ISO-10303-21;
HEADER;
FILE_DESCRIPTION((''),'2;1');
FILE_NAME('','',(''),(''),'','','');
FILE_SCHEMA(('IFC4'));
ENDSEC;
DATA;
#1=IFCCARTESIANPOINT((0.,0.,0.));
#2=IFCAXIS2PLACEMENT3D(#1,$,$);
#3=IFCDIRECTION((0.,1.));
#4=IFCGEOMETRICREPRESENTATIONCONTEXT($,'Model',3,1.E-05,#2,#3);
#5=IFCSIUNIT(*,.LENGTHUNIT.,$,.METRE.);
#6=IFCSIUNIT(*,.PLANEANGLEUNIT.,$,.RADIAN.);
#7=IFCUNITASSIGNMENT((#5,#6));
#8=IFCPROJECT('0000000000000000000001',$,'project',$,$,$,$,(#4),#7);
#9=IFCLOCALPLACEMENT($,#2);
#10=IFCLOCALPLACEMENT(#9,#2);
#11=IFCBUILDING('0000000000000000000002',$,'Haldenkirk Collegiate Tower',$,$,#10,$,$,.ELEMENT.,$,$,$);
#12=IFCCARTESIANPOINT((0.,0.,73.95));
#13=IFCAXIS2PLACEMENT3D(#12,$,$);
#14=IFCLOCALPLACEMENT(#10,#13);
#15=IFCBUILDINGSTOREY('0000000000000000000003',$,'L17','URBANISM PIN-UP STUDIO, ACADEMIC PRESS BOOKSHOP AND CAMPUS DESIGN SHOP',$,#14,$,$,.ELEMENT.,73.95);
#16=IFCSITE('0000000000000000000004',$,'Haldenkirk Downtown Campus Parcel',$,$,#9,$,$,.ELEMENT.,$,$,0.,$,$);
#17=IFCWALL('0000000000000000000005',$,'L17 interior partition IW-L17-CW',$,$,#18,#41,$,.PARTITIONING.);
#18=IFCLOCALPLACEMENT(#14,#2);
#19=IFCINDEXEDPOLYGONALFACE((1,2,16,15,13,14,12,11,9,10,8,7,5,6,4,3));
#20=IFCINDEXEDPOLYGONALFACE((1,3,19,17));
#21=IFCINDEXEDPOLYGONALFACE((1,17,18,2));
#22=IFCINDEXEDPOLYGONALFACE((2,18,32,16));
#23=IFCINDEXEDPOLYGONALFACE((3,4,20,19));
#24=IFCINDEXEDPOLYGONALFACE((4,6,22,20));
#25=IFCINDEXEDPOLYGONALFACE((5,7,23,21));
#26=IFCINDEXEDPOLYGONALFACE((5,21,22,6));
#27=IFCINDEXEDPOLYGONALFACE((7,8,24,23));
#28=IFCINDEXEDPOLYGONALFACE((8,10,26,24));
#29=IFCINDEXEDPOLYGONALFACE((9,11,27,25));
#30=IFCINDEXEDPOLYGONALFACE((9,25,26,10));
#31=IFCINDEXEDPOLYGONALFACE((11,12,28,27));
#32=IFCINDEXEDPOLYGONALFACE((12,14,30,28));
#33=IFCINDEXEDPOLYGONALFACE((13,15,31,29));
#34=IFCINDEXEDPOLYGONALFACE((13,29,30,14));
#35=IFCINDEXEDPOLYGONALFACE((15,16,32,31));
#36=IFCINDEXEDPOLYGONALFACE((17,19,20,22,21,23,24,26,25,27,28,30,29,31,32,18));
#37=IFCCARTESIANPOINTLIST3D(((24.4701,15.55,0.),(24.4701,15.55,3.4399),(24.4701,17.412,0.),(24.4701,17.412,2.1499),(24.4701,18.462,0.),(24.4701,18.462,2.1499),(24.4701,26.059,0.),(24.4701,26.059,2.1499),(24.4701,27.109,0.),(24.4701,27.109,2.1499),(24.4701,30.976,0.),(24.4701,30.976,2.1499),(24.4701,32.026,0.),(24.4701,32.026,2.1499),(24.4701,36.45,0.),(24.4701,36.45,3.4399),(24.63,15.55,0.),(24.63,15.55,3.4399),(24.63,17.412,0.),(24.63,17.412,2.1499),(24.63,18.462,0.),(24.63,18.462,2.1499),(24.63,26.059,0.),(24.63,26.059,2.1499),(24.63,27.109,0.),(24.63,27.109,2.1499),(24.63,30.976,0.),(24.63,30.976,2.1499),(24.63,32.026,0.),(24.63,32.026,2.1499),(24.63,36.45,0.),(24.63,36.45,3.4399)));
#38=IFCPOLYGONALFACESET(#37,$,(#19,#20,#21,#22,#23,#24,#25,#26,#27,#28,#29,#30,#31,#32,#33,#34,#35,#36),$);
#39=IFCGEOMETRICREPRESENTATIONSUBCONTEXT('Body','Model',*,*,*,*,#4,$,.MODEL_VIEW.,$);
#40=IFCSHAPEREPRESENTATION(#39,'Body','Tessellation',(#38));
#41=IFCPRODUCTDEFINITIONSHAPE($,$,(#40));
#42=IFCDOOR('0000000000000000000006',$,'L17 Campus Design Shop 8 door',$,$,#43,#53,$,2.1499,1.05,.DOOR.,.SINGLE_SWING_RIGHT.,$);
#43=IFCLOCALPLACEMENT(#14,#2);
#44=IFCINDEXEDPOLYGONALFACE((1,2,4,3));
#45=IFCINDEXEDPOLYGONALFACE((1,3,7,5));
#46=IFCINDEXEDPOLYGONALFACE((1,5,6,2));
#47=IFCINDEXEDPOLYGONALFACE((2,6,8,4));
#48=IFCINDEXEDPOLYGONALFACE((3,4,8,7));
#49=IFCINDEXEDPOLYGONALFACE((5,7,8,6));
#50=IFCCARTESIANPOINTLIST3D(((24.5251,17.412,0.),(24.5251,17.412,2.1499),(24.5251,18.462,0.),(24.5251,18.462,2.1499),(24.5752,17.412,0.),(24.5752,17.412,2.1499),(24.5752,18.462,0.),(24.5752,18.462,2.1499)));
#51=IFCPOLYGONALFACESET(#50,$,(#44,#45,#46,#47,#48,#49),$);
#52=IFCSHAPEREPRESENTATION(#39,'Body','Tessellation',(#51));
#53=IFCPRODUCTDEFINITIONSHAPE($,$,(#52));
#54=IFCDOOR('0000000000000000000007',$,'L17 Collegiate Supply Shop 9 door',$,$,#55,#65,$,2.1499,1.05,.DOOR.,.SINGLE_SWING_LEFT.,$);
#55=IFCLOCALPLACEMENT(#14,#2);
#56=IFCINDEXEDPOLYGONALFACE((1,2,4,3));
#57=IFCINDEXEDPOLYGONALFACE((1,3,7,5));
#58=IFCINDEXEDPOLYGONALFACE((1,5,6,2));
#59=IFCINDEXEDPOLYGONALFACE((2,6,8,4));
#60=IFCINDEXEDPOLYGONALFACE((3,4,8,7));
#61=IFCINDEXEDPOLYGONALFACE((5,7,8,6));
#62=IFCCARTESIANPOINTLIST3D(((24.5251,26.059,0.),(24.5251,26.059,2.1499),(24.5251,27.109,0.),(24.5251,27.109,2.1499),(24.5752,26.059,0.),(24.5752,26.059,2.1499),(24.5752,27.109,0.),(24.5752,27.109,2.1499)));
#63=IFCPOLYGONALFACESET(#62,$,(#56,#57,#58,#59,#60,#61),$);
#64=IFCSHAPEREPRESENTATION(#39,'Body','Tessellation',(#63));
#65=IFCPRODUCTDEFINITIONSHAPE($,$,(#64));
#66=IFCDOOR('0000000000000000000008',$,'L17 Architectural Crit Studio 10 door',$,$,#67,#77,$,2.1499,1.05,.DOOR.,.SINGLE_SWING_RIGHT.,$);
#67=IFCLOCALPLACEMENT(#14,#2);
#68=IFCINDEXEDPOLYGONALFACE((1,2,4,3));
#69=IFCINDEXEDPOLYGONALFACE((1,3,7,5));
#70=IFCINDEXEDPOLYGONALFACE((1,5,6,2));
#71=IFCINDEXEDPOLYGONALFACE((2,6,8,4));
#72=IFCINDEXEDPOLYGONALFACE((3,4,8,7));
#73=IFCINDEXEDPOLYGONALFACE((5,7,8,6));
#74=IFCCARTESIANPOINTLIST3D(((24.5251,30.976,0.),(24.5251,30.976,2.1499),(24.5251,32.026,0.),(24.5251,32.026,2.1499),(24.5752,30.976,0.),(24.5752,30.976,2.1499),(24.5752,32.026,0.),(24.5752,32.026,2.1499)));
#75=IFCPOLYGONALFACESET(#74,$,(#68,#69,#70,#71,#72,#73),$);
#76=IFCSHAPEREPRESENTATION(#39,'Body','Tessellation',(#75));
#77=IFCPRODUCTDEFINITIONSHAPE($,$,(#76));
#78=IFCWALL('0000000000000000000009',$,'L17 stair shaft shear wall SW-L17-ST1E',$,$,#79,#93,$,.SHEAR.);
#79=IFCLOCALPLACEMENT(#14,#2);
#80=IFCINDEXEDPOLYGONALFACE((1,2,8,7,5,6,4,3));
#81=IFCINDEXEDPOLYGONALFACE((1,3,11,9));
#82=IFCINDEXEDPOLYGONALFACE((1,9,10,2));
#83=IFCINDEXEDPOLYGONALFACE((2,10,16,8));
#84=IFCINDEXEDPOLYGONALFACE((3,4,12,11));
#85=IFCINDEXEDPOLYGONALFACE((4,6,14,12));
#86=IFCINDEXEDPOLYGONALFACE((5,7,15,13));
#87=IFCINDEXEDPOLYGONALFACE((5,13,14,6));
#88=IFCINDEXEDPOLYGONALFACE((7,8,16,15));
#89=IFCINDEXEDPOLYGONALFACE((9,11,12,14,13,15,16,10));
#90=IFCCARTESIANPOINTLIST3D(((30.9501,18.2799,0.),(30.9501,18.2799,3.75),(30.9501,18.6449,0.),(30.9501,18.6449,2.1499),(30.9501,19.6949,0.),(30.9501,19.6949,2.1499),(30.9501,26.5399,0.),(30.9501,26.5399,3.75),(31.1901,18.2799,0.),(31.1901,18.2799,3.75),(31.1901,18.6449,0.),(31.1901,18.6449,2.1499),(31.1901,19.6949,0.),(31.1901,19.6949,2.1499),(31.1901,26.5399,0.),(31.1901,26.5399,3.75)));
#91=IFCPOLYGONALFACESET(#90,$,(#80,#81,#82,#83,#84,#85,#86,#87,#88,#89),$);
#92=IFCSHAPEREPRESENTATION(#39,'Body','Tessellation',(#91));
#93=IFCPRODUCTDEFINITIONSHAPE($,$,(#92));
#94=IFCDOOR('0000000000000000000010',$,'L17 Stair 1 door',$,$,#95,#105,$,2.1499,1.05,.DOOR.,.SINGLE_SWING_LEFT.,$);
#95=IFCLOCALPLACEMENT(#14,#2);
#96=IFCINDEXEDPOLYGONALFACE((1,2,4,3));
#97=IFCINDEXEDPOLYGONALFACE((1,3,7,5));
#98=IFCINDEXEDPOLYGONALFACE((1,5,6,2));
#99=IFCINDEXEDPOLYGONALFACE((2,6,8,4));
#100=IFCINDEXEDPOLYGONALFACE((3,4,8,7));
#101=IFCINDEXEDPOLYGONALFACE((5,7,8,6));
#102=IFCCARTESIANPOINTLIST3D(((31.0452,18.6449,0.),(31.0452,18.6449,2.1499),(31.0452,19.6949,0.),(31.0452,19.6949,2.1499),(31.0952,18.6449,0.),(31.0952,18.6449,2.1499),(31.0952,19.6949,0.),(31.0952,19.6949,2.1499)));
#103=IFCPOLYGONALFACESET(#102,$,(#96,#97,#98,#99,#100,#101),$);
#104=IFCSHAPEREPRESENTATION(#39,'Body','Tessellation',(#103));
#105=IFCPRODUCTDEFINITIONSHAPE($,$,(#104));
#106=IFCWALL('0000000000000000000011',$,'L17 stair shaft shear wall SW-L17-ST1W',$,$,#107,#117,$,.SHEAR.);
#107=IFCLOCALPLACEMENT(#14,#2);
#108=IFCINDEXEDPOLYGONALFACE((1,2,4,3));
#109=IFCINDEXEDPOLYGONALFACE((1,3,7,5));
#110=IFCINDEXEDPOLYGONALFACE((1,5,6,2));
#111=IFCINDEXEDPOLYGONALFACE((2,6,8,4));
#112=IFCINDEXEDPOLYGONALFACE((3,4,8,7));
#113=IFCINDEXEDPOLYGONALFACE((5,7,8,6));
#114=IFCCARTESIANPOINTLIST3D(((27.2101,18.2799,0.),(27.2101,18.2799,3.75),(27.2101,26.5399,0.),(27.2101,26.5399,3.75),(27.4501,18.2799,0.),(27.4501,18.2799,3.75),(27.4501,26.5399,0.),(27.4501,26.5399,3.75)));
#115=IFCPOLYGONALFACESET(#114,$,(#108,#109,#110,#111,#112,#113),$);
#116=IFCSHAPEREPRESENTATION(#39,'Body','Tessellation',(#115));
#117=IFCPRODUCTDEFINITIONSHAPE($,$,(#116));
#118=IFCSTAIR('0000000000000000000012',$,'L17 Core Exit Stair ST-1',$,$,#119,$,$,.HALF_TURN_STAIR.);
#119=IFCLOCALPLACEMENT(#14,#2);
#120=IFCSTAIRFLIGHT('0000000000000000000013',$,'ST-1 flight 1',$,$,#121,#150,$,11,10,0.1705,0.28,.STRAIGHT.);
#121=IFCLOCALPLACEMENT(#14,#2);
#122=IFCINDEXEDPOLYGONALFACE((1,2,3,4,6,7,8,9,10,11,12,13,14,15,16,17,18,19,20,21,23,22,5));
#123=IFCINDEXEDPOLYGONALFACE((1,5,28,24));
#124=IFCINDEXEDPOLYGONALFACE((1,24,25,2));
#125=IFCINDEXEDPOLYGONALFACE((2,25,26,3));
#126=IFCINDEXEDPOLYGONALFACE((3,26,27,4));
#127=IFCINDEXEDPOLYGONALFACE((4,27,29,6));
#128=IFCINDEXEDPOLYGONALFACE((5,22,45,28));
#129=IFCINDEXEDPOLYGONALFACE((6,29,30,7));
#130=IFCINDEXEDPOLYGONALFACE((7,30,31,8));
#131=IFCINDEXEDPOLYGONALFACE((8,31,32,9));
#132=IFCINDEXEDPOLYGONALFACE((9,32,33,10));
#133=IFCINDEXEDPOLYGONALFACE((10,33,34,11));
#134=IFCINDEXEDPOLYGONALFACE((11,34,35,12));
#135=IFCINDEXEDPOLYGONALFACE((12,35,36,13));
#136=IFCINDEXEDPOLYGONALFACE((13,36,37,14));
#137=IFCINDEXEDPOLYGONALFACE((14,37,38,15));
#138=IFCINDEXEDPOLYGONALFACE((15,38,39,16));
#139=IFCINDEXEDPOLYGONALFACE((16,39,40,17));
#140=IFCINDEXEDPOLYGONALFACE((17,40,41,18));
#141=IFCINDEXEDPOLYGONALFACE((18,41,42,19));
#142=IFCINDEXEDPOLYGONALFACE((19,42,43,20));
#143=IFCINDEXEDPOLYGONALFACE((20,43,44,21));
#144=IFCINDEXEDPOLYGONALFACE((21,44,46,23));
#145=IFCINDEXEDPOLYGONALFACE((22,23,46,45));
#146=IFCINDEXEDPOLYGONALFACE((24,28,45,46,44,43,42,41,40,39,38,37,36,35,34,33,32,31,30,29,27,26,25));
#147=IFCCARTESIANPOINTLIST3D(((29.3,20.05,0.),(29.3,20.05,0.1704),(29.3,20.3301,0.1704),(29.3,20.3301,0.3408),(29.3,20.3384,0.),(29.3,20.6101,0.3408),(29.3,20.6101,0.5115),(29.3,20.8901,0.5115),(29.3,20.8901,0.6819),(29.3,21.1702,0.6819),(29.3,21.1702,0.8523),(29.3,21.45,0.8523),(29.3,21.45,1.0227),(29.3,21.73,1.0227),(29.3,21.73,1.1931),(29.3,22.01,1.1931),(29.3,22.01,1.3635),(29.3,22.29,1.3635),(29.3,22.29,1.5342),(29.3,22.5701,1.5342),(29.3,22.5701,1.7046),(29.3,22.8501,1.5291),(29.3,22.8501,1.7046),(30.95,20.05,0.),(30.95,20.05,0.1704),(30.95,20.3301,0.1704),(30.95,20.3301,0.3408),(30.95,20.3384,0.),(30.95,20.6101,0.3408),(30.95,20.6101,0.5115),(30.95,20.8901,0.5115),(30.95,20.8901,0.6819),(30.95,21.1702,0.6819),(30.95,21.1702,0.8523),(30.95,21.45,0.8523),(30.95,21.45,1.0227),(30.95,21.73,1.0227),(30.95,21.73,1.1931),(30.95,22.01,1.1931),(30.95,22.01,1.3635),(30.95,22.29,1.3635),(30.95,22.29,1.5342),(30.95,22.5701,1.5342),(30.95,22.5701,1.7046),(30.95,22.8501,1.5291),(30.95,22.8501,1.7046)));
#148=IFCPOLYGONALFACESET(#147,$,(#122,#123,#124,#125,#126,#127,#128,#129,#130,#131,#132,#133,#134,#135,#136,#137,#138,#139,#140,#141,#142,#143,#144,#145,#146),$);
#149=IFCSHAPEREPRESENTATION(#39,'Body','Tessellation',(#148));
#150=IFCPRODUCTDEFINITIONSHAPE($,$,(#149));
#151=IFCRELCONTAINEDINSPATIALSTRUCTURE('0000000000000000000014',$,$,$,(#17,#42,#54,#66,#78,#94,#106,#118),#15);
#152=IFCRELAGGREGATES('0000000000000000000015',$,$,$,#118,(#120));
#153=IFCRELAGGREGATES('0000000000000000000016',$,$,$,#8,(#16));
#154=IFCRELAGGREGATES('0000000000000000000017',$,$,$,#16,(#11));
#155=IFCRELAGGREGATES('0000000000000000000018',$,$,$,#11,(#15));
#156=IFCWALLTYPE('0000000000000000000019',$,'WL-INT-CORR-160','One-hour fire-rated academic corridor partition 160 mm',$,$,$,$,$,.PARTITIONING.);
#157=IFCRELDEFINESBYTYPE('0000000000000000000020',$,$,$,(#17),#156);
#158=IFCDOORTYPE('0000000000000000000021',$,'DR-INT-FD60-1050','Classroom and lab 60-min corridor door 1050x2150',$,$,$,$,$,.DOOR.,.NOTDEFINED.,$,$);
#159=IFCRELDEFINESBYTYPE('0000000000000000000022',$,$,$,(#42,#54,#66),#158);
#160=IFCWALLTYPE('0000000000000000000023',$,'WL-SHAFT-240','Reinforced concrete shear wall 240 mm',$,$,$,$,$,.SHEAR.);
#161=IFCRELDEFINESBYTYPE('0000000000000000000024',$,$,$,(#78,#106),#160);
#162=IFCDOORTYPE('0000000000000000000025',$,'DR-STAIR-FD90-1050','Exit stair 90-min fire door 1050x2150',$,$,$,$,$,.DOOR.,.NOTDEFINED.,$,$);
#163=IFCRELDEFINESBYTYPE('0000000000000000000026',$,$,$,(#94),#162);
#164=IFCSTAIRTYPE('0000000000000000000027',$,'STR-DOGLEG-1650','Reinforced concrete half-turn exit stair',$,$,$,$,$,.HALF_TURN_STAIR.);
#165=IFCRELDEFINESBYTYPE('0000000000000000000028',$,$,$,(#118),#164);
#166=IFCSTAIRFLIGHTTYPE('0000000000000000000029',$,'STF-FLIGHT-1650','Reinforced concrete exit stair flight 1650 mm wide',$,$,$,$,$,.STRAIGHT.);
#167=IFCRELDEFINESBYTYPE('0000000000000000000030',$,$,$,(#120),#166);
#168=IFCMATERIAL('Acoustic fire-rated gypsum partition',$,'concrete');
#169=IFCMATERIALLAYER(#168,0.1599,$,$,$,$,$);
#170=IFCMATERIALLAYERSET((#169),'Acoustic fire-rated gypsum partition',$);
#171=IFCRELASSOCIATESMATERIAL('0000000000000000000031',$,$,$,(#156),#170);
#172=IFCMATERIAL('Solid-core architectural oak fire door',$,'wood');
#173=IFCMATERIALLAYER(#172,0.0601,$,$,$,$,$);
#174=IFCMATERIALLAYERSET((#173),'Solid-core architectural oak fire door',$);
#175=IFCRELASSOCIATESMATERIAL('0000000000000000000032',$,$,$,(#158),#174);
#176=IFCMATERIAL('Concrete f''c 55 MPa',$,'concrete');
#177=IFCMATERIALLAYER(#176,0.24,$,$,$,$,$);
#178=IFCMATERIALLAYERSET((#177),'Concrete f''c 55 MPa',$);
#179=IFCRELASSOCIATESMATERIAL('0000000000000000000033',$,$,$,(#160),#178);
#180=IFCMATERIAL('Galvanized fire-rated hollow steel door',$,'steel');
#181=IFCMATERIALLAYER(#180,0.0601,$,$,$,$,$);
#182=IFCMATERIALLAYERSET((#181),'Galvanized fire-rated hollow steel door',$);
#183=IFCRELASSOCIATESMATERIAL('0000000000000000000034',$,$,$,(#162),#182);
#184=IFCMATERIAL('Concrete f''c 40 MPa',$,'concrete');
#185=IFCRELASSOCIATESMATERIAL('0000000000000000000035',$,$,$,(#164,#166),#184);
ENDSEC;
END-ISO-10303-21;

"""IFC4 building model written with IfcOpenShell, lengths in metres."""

from ifc_helpers import new_model, si_unit, direction, frame, frame_2d, origin, place, context, subcontext, project, spatial, polyline, rectangle, outline, extrude, material, layer, layer_set, type_object, element, fill, aggregate, save


model = new_model("IFC4")

# Units and contexts
model_context = context("Model", 3, precision=1e-05, world=origin(), true_north=direction((0.0, 1.0)))
body_context = subcontext(model_context, "Body", "Model", "MODEL_VIEW")
ifc_project = project(units=[si_unit("LENGTHUNIT", "METRE"), si_unit("PLANEANGLEUNIT", "RADIAN")], contexts=[model_context])

# Site, building, storey
site_placement = place(None, origin())
site = spatial("IfcSite", under=ifc_project, at=site_placement, Name="Haldenkirk Downtown Campus Parcel", CompositionType="ELEMENT", RefElevation=0.0)
building_placement = place(site_placement, origin())
building = spatial("IfcBuilding", under=site, at=building_placement, Name="Haldenkirk Collegiate Tower", CompositionType="ELEMENT")
storey_placement = place(building_placement, frame((0.0, 0.0, 73.95)))
storey = spatial("IfcBuildingStorey", under=building, at=storey_placement, Name="L17", Description="URBANISM PIN-UP STUDIO, ACADEMIC PRESS BOOKSHOP AND CAMPUS DESIGN SHOP", CompositionType="ELEMENT", Elevation=73.95)

# Shared definitions
ifc_material_1 = material(Name="Galvanized fire-rated hollow steel door", Category="steel")

# Wall, openings, doors
ifc_material_2 = material(Name="Acoustic fire-rated gypsum partition", Category="concrete")
ifc_layer_1 = layer(ifc_material_2, 0.1599)
ifc_layer_set_1 = layer_set([ifc_layer_1], Name="Acoustic fire-rated gypsum partition")
wall_type_1 = type_object("IfcWallType", Name="WL-INT-CORR-160", Description="One-hour fire-rated academic corridor partition 160 mm", PredefinedType="PARTITIONING", material=ifc_layer_set_1)
ifc_material_3 = material(Name="Solid-core architectural oak fire door", Category="wood")
ifc_layer_2 = layer(ifc_material_3, 0.0601)
ifc_layer_set_2 = layer_set([ifc_layer_2], Name="Solid-core architectural oak fire door")
door_type_1 = type_object("IfcDoorType", Name="DR-INT-FD60-1050", Description="Classroom and lab 60-min corridor door 1050x2150", OperationType="NOTDEFINED", PredefinedType="DOOR", material=ifc_layer_set_2)
wall_1_placement = place(storey_placement, frame((24.55, 15.55, 0.0), z_axis=(0.0, 0.0, 1.0), x_axis=(0.0, 1.0, 0.0)))
wall_1 = element("IfcWall", 1, at=wall_1_placement, inside=storey, type_object=wall_type_1, Name="L17 interior partition IW-L17-CW", PredefinedType="PARTITIONING", context=body_context, shape_type="SweptSolid", body=[
    extrude(rectangle(XDim=20.8999, YDim=0.1599, at=frame_2d((10.45, 0.0))), origin(), (0.0, 0.0, 1.0), 3.4399),
])
opening_1_placement = place(wall_1_placement, frame((1.8621, 0.0, 0.0)))
opening_1 = element("IfcOpeningElement", 2, at=opening_1_placement, cuts=wall_1, PredefinedType="OPENING", context=body_context, shape_type="SweptSolid", body=[
    extrude(rectangle(XDim=1.05, YDim=2.1499, at=frame_2d((0.5249, 1.075))), frame((0.0, 0.0898, 0.0), z_axis=(0.0, -1.0, 0.0), x_axis=(1.0, 0.0, 0.0)), (0.0, 0.0, 1.0), 0.1799),
])
opening_2_placement = place(wall_1_placement, frame((10.509, 0.0, 0.0)))
opening_2 = element("IfcOpeningElement", 3, at=opening_2_placement, cuts=wall_1, PredefinedType="OPENING", context=body_context, shape_type="SweptSolid", body=[
    extrude(rectangle(XDim=1.05, YDim=2.1499, at=frame_2d((0.5249, 1.075))), frame((0.0, 0.0898, 0.0), z_axis=(0.0, -1.0, 0.0), x_axis=(1.0, 0.0, 0.0)), (0.0, 0.0, 1.0), 0.1799),
])
opening_3_placement = place(wall_1_placement, frame((15.426, 0.0, 0.0)))
opening_3 = element("IfcOpeningElement", 4, at=opening_3_placement, cuts=wall_1, PredefinedType="OPENING", context=body_context, shape_type="SweptSolid", body=[
    extrude(rectangle(XDim=1.05, YDim=2.1499, at=frame_2d((0.5249, 1.075))), frame((0.0, 0.0898, 0.0), z_axis=(0.0, -1.0, 0.0), x_axis=(1.0, 0.0, 0.0)), (0.0, 0.0, 1.0), 0.1799),
])
door_1_placement = place(opening_1_placement, origin())
door_1 = element("IfcDoor", 5, at=door_1_placement, inside=storey, type_object=door_type_1, Name="L17 Campus Design Shop 8 door", OperationType="SINGLE_SWING_RIGHT", OverallHeight=2.1499, OverallWidth=1.05, PredefinedType="DOOR", context=body_context, shape_type="SweptSolid", body=[
    extrude(rectangle(XDim=1.05, YDim=2.1499, at=frame_2d((0.5249, 1.075))), frame((0.0, 0.0249, 0.0), z_axis=(0.0, -1.0, 0.0), x_axis=(1.0, 0.0, 0.0)), (0.0, 0.0, 1.0), 0.05),
])
fill(opening_1, door_1)
door_2_placement = place(opening_2_placement, origin())
door_2 = element("IfcDoor", 6, at=door_2_placement, inside=storey, type_object=door_type_1, Name="L17 Collegiate Supply Shop 9 door", OperationType="SINGLE_SWING_LEFT", OverallHeight=2.1499, OverallWidth=1.05, PredefinedType="DOOR", context=body_context, shape_type="SweptSolid", body=[
    extrude(rectangle(XDim=1.05, YDim=2.1499, at=frame_2d((0.5249, 1.075))), frame((0.0, 0.0249, 0.0), z_axis=(0.0, -1.0, 0.0), x_axis=(1.0, 0.0, 0.0)), (0.0, 0.0, 1.0), 0.05),
])
fill(opening_2, door_2)
door_3_placement = place(opening_3_placement, origin())
door_3 = element("IfcDoor", 7, at=door_3_placement, inside=storey, type_object=door_type_1, Name="L17 Architectural Crit Studio 10 door", OperationType="SINGLE_SWING_RIGHT", OverallHeight=2.1499, OverallWidth=1.05, PredefinedType="DOOR", context=body_context, shape_type="SweptSolid", body=[
    extrude(rectangle(XDim=1.05, YDim=2.1499, at=frame_2d((0.5249, 1.075))), frame((0.0, 0.0249, 0.0), z_axis=(0.0, -1.0, 0.0), x_axis=(1.0, 0.0, 0.0)), (0.0, 0.0, 1.0), 0.05),
])
fill(opening_3, door_3)

# Wall, opening, door
ifc_material_4 = material(Name="Concrete f'c 55 MPa", Category="concrete")
ifc_layer_3 = layer(ifc_material_4, 0.24)
ifc_layer_set_3 = layer_set([ifc_layer_3], Name="Concrete f'c 55 MPa")
wall_type_2 = type_object("IfcWallType", Name="WL-SHAFT-240", Description="Reinforced concrete shear wall 240 mm", PredefinedType="SHEAR", material=ifc_layer_set_3)
wall_2_placement = place(storey_placement, frame((31.0701, 18.28, 0.0), z_axis=(0.0, 0.0, 1.0), x_axis=(0.0, 1.0, 0.0)))
wall_2 = element("IfcWall", 8, at=wall_2_placement, inside=storey, type_object=wall_type_2, Name="L17 stair shaft shear wall SW-L17-ST1E", PredefinedType="SHEAR", context=body_context, shape_type="SweptSolid", body=[
    extrude(rectangle(XDim=8.26, YDim=0.24, at=frame_2d((4.1299, 0.0))), origin(), (0.0, 0.0, 1.0), 3.75),
])
opening_4_placement = place(wall_2_placement, frame((0.365, 0.0, 0.0)))
opening_4 = element("IfcOpeningElement", 9, at=opening_4_placement, cuts=wall_2, PredefinedType="OPENING", context=body_context, shape_type="SweptSolid", body=[
    extrude(rectangle(XDim=1.05, YDim=2.1499, at=frame_2d((0.5249, 1.075))), frame((0.0, 0.1299, 0.0), z_axis=(0.0, -1.0, 0.0), x_axis=(1.0, 0.0, 0.0)), (0.0, 0.0, 1.0), 0.26),
])
ifc_layer_4 = layer(ifc_material_1, 0.0601)
ifc_layer_set_4 = layer_set([ifc_layer_4], Name="Galvanized fire-rated hollow steel door")
door_type_2 = type_object("IfcDoorType", Name="DR-STAIR-FD90-1050", Description="Exit stair 90-min fire door 1050x2150", OperationType="NOTDEFINED", PredefinedType="DOOR", material=ifc_layer_set_4)
door_4_placement = place(opening_4_placement, origin())
door_4 = element("IfcDoor", 10, at=door_4_placement, inside=storey, type_object=door_type_2, Name="L17 Stair 1 door", OperationType="SINGLE_SWING_LEFT", OverallHeight=2.1499, OverallWidth=1.05, PredefinedType="DOOR", context=body_context, shape_type="SweptSolid", body=[
    extrude(rectangle(XDim=1.05, YDim=2.1499, at=frame_2d((0.5249, 1.075))), frame((0.0, 0.0249, 0.0), z_axis=(0.0, -1.0, 0.0), x_axis=(1.0, 0.0, 0.0)), (0.0, 0.0, 1.0), 0.05),
])
fill(opening_4, door_4)

# Wall
wall_3_placement = place(storey_placement, frame((27.3301, 18.28, 0.0), z_axis=(0.0, 0.0, 1.0), x_axis=(0.0, 1.0, 0.0)))
element("IfcWall", 11, at=wall_3_placement, inside=storey, type_object=wall_type_2, Name="L17 stair shaft shear wall SW-L17-ST1W", PredefinedType="SHEAR", context=body_context, shape_type="SweptSolid", body=[
    extrude(rectangle(XDim=8.26, YDim=0.24, at=frame_2d((4.1299, 0.0))), origin(), (0.0, 0.0, 1.0), 3.75),
])

# Stair, stair flight
ifc_material_5 = material(Name="Concrete f'c 40 MPa", Category="concrete")
stair_type = type_object("IfcStairType", Name="STR-DOGLEG-1650", Description="Reinforced concrete half-turn exit stair", PredefinedType="HALF_TURN_STAIR", material=ifc_material_5)
stair_placement = place(storey_placement, origin())
stair = element("IfcStair", 12, at=stair_placement, inside=storey, type_object=stair_type, Name="L17 Core Exit Stair ST-1", PredefinedType="HALF_TURN_STAIR")
stair_flight_type = type_object("IfcStairFlightType", Name="STF-FLIGHT-1650", Description="Reinforced concrete exit stair flight 1650 mm wide", PredefinedType="STRAIGHT", material=ifc_material_5)
stair_flight_placement = place(storey_placement, frame((30.125, 20.05, 0.0), z_axis=(0.0, 0.0, 1.0), x_axis=(0.0, 1.0, 0.0)))
stair_flight = element("IfcStairFlight", 13, at=stair_flight_placement, type_object=stair_flight_type, Name="ST-1 flight 1", NumberOfRisers=11, NumberOfTreads=10, PredefinedType="STRAIGHT", RiserHeight=0.1705, TreadLength=0.28, context=body_context, shape_type="SweptSolid", body=[
    extrude(outline(polyline([(0.0, 0.0), (0.0, 0.1704), (0.28, 0.1704), (0.28, 0.3408), (0.5601, 0.3408), (0.5601, 0.5115), (0.8401, 0.5115), (0.8401, 0.6819), (1.1201, 0.6819), (1.1201, 0.8523), (1.3999, 0.8523), (1.3999, 1.0227), (1.6799, 1.0227), (1.6799, 1.1931), (1.96, 1.1931), (1.96, 1.3635), (2.24, 1.3635), (2.24, 1.5342), (2.52, 1.5342), (2.52, 1.7046), (2.8, 1.7046), (2.8, 1.875), (2.8, 1.5291), (0.2883, 0.0), (0.0, 0.0)])), frame((0.0, 0.825, 0.0), z_axis=(0.0, -1.0, 0.0), x_axis=(1.0, 0.0, 0.0)), (0.0, 0.0, 1.0), 1.6499),
])
aggregate(stair, [stair_flight])

save(model, "model.ifc")
